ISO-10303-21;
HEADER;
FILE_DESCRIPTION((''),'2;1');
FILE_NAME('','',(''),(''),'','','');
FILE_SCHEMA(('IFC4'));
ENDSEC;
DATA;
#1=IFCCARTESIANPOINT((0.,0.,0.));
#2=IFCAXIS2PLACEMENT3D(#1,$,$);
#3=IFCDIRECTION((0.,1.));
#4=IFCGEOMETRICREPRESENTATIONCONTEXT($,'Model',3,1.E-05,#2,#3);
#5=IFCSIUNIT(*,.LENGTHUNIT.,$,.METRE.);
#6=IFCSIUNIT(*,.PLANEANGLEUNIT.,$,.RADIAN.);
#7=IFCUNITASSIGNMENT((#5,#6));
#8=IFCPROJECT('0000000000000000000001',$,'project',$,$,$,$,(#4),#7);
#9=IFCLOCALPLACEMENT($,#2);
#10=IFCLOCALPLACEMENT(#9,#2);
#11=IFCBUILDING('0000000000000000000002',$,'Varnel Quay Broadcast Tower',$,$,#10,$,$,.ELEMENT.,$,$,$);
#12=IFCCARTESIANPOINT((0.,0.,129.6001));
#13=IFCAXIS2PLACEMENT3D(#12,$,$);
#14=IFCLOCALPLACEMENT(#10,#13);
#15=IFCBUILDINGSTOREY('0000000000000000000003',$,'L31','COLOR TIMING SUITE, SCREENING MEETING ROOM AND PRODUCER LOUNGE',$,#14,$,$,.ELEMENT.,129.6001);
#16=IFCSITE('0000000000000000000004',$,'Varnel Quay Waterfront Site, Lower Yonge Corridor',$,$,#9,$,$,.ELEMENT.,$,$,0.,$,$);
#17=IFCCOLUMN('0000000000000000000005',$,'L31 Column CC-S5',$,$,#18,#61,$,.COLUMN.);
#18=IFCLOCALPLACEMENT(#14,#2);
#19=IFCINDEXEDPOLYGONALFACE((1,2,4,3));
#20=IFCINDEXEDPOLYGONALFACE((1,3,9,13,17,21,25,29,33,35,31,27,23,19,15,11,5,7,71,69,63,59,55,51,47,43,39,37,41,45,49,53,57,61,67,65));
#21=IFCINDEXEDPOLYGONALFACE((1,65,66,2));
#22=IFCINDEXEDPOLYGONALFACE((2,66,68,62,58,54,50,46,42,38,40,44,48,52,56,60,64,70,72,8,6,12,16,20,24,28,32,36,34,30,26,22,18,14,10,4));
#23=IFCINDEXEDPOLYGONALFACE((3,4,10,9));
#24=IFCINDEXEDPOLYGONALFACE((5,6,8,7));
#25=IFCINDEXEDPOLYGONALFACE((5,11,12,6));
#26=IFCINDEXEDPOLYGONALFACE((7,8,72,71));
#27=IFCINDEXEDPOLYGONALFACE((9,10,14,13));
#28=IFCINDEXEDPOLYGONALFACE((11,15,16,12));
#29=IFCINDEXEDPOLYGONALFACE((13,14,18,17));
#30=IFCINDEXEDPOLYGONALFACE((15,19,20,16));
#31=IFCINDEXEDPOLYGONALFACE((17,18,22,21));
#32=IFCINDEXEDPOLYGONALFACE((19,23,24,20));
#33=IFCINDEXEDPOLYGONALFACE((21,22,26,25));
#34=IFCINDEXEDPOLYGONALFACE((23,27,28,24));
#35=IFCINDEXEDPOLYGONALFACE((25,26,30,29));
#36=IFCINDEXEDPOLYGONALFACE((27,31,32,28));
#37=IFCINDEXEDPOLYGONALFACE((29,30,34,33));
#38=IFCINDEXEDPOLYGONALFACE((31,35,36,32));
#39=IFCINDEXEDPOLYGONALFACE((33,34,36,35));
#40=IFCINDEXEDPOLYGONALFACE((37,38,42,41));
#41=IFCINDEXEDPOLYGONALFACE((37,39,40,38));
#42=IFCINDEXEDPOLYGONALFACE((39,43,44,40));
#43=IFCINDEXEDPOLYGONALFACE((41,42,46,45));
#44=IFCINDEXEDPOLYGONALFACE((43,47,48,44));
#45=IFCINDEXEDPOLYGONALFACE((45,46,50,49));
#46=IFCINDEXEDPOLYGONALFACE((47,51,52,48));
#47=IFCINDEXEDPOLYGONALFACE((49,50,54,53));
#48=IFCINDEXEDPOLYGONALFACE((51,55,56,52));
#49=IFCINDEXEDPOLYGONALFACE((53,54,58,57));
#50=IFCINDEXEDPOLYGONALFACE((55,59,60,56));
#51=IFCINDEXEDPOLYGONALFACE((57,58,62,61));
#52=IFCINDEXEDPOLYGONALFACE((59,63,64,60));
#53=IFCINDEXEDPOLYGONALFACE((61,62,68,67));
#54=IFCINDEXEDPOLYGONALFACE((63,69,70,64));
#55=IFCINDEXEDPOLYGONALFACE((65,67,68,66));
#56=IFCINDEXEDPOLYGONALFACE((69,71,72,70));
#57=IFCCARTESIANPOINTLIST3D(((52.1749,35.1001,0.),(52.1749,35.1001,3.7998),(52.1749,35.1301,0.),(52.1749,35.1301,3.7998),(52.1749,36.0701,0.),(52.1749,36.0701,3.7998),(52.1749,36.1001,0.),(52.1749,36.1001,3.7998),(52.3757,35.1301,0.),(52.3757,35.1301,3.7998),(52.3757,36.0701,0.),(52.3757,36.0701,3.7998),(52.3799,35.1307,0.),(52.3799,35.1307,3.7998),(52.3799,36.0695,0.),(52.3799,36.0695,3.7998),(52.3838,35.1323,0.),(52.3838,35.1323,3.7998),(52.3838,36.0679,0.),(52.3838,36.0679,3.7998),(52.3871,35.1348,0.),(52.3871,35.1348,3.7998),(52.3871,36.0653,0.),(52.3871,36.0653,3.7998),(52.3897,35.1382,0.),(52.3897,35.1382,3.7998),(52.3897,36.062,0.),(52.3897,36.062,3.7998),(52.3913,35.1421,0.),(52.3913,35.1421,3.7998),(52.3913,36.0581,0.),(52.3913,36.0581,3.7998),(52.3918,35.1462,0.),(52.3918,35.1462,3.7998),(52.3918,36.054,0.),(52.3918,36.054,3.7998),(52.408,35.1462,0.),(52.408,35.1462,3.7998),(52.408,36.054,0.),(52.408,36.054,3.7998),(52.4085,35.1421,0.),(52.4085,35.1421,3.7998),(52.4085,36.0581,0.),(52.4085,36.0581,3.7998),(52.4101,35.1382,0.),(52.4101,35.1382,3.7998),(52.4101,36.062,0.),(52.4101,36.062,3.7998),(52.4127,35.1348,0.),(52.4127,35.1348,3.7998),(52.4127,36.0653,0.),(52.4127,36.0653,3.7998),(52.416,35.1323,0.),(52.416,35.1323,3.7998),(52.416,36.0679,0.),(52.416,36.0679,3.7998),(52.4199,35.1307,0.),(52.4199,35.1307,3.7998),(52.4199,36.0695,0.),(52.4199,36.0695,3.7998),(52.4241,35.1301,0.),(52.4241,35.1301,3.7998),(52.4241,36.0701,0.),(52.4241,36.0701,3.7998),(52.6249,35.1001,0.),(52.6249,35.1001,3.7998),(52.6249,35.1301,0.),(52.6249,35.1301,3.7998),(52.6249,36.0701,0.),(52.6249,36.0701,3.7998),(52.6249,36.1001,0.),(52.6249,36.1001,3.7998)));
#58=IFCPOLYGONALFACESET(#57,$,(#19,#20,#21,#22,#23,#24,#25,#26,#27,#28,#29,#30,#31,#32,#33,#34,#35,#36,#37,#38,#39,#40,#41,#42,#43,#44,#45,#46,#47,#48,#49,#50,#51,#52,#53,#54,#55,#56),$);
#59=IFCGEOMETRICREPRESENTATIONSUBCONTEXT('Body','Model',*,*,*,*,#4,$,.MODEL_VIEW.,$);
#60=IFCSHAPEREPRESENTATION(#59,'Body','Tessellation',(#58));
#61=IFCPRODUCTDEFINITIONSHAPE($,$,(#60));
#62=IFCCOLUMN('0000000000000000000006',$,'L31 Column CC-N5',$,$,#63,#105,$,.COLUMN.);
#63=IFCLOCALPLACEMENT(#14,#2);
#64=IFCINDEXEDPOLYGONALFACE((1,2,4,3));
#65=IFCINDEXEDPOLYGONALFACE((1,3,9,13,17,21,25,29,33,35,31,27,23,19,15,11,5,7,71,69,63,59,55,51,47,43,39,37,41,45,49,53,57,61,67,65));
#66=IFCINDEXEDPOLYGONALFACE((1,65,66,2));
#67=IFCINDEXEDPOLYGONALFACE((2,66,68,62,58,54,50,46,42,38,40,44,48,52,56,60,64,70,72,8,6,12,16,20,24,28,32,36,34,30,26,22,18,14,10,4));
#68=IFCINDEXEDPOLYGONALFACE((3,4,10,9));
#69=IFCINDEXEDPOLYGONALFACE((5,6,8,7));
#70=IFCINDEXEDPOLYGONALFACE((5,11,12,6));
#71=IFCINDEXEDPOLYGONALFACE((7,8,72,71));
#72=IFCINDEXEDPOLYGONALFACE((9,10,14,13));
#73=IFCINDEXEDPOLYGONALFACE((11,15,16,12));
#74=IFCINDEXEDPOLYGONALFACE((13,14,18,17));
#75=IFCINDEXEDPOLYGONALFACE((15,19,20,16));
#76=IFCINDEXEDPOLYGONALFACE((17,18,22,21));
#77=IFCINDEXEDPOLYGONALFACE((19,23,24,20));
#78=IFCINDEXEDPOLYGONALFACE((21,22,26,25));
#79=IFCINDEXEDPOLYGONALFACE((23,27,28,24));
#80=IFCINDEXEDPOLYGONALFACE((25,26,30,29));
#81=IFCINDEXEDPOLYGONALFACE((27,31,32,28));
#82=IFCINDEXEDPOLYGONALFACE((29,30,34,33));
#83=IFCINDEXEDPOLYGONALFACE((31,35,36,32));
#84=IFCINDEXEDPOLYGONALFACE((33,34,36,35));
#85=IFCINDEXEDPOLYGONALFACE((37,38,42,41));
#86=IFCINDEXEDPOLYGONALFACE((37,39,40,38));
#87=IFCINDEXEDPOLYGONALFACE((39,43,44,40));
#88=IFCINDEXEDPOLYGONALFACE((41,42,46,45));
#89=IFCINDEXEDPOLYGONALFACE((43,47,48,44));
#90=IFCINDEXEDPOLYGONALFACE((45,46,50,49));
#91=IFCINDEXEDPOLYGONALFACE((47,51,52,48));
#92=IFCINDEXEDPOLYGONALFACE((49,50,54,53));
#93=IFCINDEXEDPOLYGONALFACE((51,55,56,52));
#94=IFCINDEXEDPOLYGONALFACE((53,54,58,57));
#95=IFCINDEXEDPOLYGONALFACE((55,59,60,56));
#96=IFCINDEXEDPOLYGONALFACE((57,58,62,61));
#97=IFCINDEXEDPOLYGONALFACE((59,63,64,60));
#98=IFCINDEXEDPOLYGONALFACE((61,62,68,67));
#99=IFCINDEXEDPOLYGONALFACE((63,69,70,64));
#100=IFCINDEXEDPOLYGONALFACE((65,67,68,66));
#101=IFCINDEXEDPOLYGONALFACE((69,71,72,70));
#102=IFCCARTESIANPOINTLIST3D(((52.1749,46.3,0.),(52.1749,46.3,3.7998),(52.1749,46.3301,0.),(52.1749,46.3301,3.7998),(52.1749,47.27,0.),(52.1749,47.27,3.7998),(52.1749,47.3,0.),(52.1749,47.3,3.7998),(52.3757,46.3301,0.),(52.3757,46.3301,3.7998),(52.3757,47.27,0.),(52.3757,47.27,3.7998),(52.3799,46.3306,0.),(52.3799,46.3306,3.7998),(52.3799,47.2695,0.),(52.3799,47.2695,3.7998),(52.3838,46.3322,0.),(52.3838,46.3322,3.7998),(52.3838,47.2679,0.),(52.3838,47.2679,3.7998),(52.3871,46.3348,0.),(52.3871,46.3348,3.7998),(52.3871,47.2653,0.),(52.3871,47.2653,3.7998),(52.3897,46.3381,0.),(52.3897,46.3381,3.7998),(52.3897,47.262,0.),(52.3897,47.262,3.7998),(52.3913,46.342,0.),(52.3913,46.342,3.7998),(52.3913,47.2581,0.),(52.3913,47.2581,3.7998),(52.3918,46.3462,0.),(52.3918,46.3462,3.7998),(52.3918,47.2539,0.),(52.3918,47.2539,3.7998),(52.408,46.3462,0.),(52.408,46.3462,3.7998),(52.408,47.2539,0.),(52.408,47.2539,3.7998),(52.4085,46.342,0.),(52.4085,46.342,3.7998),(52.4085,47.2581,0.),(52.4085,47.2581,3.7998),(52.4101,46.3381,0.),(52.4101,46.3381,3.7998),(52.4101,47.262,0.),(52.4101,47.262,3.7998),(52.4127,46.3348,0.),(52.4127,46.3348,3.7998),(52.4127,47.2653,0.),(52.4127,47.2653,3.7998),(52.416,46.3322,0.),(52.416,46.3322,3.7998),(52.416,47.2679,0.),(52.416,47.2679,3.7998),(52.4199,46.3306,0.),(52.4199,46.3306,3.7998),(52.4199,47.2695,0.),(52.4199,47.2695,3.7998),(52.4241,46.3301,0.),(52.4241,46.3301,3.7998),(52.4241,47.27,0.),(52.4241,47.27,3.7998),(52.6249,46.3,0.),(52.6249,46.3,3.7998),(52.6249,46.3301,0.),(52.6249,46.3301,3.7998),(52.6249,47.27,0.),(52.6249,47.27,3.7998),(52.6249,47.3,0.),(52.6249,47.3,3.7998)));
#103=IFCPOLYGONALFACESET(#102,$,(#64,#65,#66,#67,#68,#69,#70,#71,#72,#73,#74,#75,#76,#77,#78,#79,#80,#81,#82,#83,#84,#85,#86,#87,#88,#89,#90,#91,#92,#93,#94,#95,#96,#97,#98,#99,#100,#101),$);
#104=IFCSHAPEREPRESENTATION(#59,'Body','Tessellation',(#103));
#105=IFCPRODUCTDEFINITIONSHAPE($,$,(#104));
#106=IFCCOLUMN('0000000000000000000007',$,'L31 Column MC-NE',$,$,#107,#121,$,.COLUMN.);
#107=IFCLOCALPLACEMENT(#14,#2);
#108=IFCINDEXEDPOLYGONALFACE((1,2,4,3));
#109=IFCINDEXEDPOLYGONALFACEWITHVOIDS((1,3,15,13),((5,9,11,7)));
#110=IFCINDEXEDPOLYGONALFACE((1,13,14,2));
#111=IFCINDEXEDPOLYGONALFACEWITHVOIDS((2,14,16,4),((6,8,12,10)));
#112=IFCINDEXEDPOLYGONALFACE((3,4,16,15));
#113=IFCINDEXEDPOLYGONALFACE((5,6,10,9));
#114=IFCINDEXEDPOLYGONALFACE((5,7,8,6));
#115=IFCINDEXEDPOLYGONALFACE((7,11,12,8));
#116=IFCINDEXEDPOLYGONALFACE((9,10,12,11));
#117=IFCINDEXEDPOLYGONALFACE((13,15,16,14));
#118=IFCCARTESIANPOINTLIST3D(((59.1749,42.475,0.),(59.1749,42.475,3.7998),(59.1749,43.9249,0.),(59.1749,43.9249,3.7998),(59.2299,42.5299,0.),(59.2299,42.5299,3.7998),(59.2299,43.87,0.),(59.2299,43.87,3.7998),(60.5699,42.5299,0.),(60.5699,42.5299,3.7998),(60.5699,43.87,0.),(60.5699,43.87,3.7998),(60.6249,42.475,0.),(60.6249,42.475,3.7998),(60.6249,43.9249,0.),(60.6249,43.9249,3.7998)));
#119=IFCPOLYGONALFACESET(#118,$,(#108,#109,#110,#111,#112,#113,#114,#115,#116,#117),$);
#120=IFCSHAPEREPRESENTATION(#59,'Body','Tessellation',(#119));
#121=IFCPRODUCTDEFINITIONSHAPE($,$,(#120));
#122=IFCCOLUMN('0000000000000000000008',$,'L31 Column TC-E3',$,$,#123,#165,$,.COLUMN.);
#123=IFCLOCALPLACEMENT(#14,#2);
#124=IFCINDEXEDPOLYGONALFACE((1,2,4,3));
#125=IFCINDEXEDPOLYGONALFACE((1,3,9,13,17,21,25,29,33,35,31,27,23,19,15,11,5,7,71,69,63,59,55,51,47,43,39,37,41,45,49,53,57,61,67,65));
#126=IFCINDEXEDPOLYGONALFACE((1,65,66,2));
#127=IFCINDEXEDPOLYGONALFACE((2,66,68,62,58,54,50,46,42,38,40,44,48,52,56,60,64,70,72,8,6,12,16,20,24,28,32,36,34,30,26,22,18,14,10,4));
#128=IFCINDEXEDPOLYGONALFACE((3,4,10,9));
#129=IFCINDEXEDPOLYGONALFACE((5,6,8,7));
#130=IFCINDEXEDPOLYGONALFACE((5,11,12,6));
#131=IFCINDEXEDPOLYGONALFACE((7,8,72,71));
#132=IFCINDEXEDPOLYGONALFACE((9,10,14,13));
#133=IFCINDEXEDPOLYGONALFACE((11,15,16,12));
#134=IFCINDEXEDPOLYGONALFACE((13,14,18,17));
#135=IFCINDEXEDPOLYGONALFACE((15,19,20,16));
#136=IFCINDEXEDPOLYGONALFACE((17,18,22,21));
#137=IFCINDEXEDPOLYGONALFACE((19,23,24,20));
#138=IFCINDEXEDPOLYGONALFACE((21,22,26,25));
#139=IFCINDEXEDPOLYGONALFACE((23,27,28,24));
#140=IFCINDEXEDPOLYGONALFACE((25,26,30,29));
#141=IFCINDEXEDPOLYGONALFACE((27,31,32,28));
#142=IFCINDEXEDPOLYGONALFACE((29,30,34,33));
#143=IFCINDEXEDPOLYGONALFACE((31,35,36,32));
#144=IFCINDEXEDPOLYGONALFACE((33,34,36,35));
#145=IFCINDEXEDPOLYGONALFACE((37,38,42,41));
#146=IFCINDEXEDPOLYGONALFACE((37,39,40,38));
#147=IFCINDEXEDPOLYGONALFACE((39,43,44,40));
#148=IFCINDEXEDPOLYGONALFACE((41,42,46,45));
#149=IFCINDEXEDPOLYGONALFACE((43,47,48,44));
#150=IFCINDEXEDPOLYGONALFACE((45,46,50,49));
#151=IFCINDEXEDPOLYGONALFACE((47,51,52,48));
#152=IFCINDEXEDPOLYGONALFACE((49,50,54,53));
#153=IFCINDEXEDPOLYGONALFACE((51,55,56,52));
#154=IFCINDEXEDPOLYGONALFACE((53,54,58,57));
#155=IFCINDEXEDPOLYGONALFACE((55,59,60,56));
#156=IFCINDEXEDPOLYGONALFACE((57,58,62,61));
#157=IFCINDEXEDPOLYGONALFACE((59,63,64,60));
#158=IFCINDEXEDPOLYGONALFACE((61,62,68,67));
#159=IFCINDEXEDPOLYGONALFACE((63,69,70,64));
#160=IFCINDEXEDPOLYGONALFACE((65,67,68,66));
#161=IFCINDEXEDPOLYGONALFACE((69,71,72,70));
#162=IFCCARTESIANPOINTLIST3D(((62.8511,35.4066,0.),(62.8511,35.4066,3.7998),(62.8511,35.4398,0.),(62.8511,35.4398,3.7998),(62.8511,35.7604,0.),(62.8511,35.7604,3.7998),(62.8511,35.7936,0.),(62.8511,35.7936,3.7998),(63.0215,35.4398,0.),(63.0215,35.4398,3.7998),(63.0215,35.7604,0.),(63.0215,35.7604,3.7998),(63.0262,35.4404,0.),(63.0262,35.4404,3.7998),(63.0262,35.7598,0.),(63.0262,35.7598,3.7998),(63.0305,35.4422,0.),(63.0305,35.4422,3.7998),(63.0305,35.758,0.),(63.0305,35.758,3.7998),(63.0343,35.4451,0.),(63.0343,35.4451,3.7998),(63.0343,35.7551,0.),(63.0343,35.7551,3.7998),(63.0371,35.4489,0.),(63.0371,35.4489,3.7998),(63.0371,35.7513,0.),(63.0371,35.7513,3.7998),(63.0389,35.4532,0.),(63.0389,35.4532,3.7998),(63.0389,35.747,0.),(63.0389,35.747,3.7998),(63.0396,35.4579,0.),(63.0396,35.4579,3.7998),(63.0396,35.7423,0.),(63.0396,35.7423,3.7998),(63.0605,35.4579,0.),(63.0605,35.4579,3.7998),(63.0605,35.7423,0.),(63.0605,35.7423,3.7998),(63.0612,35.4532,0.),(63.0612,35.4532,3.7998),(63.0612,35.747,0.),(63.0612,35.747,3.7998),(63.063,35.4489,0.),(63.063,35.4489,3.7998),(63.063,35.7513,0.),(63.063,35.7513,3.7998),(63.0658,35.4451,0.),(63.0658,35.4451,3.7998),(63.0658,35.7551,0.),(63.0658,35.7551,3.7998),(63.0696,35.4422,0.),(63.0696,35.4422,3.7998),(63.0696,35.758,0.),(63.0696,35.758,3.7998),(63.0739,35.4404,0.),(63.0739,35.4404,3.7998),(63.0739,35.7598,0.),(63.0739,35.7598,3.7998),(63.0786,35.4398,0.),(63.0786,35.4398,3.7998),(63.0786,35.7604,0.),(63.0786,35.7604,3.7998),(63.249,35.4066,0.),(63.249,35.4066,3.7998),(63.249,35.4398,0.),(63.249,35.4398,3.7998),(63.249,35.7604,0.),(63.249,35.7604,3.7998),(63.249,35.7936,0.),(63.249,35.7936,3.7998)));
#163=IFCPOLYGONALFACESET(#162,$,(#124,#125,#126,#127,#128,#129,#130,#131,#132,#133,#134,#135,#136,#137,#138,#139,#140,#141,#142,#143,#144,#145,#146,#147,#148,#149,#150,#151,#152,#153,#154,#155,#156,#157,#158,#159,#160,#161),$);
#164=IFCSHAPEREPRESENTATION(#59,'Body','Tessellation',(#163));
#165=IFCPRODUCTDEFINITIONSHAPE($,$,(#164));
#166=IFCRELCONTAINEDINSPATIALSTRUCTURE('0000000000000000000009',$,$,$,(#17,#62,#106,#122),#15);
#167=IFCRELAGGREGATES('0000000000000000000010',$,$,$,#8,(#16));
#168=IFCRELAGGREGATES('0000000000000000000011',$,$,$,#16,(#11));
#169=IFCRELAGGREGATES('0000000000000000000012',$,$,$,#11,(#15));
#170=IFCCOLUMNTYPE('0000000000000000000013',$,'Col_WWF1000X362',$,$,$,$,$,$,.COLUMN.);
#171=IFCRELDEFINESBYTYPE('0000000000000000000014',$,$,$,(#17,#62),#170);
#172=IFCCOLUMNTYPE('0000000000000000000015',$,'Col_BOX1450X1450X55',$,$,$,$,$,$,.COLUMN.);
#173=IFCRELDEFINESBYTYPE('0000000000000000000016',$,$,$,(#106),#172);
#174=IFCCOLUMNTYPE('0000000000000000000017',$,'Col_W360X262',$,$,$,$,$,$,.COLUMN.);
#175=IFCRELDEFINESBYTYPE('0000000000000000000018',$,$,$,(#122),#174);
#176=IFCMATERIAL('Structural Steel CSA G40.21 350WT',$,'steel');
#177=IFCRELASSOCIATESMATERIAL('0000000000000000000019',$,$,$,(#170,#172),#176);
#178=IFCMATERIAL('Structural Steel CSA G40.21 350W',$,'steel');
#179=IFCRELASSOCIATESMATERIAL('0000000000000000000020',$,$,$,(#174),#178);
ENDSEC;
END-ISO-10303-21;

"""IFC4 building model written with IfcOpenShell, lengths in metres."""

from ifc_helpers import new_model, si_unit, direction, frame, origin, origin_2d, place, context, subcontext, project, spatial, hollow_rectangle, i_section, extrude, source, transform, mapped, material, material_profile, profile_set, type_object, type_shapes, element, save


model = new_model("IFC4")

# Units and contexts
model_context = context("Model", 3, precision=1e-05, world=origin(), true_north=direction((0.0, 1.0)))
body_context = subcontext(model_context, "Body", "Model", "MODEL_VIEW")
ifc_project = project(units=[si_unit("LENGTHUNIT", "METRE"), si_unit("PLANEANGLEUNIT", "RADIAN")], contexts=[model_context])

# Site, building, storey
site_placement = place(None, origin())
site = spatial("IfcSite", under=ifc_project, at=site_placement, Name="Varnel Quay Waterfront Site, Lower Yonge Corridor", CompositionType="ELEMENT", RefElevation=0.0)
building_placement = place(site_placement, origin())
building = spatial("IfcBuilding", under=site, at=building_placement, Name="Varnel Quay Broadcast Tower", CompositionType="ELEMENT")
storey_placement = place(building_placement, frame((0.0, 0.0, 129.6001)))
storey = spatial("IfcBuildingStorey", under=building, at=storey_placement, Name="L31", Description="COLOR TIMING SUITE, SCREENING MEETING ROOM AND PRODUCER LOUNGE", CompositionType="ELEMENT", Elevation=129.6001)

# Columns
ifc_material_1 = material(Name="Structural Steel CSA G40.21 350WT", Category="steel")
ifc_material_profile_1 = material_profile(ifc_material_1, i_section(OverallWidth=0.45, OverallDepth=1.0, WebThickness=0.0161, FlangeThickness=0.03, FilletRadius=0.0161, at=origin_2d()), Name="WWF1000X362")
ifc_profile_set_1 = profile_set([ifc_material_profile_1], Name="Structural Steel CSA G40.21 350WT")
column_type_1 = type_object("IfcColumnType", Name="Col_WWF1000X362", PredefinedType="COLUMN", material=ifc_profile_set_1)
shared_shape_1 = source(origin(), body_context, "Body", "SweptSolid", [
    extrude(i_section(OverallWidth=0.45, OverallDepth=1.0, WebThickness=0.0161, FlangeThickness=0.03, FilletRadius=0.0161, at=origin_2d()), origin(), (0.0, 0.0, 1.0), 3.7998),
])
type_shapes(column_type_1, [shared_shape_1])
for number, where, z_axis, x_axis, name in (
    (1, (52.3999, 35.6001, 0.0), (0.0, 0.0, 1.0), (1.0, 0.0, 0.0), "L31 Column CC-S5"),
    (2, (52.3999, 46.8, 0.0), (0.0, 0.0, 1.0), (1.0, 0.0, 0.0), "L31 Column CC-N5"),
):
    element("IfcColumn", number, at=place(storey_placement, frame(where, z_axis=z_axis, x_axis=x_axis)), inside=storey, type_object=column_type_1, Name=name, PredefinedType="COLUMN", context=body_context, shape_type="MappedRepresentation", body=[
        mapped(shared_shape_1, transform((0.0, 0.0, 0.0), x_axis=(1.0, 0.0, 0.0), y_axis=(0.0, 1.0, 0.0), z_axis=(0.0, 0.0, 1.0), scale=1.0)),
    ])
ifc_material_profile_2 = material_profile(ifc_material_1, hollow_rectangle(XDim=1.45, YDim=1.45, WallThickness=0.0549, at=origin_2d()), Name="BOX1450X1450X55")
ifc_profile_set_2 = profile_set([ifc_material_profile_2], Name="Structural Steel CSA G40.21 350WT")
column_type_2 = type_object("IfcColumnType", Name="Col_BOX1450X1450X55", PredefinedType="COLUMN", material=ifc_profile_set_2)
shared_shape_2 = source(origin(), body_context, "Body", "SweptSolid", [
    extrude(hollow_rectangle(XDim=1.45, YDim=1.45, WallThickness=0.0549, at=origin_2d()), origin(), (0.0, 0.0, 1.0), 3.7998),
])
type_shapes(column_type_2, [shared_shape_2])
column_1_placement = place(storey_placement, frame((59.8999, 43.2, 0.0), z_axis=(0.0, 0.0, 1.0), x_axis=(1.0, 0.0, 0.0)))
element("IfcColumn", 3, at=column_1_placement, inside=storey, type_object=column_type_2, Name="L31 Column MC-NE", PredefinedType="COLUMN", context=body_context, shape_type="MappedRepresentation", body=[
    mapped(shared_shape_2, transform((0.0, 0.0, 0.0), x_axis=(1.0, 0.0, 0.0), y_axis=(0.0, 1.0, 0.0), z_axis=(0.0, 0.0, 1.0), scale=1.0)),
])
ifc_material_2 = material(Name="Structural Steel CSA G40.21 350W", Category="steel")
ifc_material_profile_3 = material_profile(ifc_material_2, i_section(OverallWidth=0.3979, OverallDepth=0.387, WebThickness=0.021, FlangeThickness=0.0332, FilletRadius=0.0181, at=origin_2d()), Name="W360X262")
ifc_profile_set_3 = profile_set([ifc_material_profile_3], Name="Structural Steel CSA G40.21 350W")
column_type_3 = type_object("IfcColumnType", Name="Col_W360X262", PredefinedType="COLUMN", material=ifc_profile_set_3)
shared_shape_3 = source(origin(), body_context, "Body", "SweptSolid", [
    extrude(i_section(OverallWidth=0.3979, OverallDepth=0.387, WebThickness=0.021, FlangeThickness=0.0332, FilletRadius=0.0181, at=origin_2d()), origin(), (0.0, 0.0, 1.0), 3.7998),
])
type_shapes(column_type_3, [shared_shape_3])
column_2_placement = place(storey_placement, frame((63.05, 35.6001, 0.0), z_axis=(0.0, 0.0, 1.0), x_axis=(1.0, 0.0, 0.0)))
element("IfcColumn", 4, at=column_2_placement, inside=storey, type_object=column_type_3, Name="L31 Column TC-E3", PredefinedType="COLUMN", context=body_context, shape_type="MappedRepresentation", body=[
    mapped(shared_shape_3, transform((0.0, 0.0, 0.0), x_axis=(1.0, 0.0, 0.0), y_axis=(0.0, 1.0, 0.0), z_axis=(0.0, 0.0, 1.0), scale=1.0)),
])

save(model, "model.ifc")
